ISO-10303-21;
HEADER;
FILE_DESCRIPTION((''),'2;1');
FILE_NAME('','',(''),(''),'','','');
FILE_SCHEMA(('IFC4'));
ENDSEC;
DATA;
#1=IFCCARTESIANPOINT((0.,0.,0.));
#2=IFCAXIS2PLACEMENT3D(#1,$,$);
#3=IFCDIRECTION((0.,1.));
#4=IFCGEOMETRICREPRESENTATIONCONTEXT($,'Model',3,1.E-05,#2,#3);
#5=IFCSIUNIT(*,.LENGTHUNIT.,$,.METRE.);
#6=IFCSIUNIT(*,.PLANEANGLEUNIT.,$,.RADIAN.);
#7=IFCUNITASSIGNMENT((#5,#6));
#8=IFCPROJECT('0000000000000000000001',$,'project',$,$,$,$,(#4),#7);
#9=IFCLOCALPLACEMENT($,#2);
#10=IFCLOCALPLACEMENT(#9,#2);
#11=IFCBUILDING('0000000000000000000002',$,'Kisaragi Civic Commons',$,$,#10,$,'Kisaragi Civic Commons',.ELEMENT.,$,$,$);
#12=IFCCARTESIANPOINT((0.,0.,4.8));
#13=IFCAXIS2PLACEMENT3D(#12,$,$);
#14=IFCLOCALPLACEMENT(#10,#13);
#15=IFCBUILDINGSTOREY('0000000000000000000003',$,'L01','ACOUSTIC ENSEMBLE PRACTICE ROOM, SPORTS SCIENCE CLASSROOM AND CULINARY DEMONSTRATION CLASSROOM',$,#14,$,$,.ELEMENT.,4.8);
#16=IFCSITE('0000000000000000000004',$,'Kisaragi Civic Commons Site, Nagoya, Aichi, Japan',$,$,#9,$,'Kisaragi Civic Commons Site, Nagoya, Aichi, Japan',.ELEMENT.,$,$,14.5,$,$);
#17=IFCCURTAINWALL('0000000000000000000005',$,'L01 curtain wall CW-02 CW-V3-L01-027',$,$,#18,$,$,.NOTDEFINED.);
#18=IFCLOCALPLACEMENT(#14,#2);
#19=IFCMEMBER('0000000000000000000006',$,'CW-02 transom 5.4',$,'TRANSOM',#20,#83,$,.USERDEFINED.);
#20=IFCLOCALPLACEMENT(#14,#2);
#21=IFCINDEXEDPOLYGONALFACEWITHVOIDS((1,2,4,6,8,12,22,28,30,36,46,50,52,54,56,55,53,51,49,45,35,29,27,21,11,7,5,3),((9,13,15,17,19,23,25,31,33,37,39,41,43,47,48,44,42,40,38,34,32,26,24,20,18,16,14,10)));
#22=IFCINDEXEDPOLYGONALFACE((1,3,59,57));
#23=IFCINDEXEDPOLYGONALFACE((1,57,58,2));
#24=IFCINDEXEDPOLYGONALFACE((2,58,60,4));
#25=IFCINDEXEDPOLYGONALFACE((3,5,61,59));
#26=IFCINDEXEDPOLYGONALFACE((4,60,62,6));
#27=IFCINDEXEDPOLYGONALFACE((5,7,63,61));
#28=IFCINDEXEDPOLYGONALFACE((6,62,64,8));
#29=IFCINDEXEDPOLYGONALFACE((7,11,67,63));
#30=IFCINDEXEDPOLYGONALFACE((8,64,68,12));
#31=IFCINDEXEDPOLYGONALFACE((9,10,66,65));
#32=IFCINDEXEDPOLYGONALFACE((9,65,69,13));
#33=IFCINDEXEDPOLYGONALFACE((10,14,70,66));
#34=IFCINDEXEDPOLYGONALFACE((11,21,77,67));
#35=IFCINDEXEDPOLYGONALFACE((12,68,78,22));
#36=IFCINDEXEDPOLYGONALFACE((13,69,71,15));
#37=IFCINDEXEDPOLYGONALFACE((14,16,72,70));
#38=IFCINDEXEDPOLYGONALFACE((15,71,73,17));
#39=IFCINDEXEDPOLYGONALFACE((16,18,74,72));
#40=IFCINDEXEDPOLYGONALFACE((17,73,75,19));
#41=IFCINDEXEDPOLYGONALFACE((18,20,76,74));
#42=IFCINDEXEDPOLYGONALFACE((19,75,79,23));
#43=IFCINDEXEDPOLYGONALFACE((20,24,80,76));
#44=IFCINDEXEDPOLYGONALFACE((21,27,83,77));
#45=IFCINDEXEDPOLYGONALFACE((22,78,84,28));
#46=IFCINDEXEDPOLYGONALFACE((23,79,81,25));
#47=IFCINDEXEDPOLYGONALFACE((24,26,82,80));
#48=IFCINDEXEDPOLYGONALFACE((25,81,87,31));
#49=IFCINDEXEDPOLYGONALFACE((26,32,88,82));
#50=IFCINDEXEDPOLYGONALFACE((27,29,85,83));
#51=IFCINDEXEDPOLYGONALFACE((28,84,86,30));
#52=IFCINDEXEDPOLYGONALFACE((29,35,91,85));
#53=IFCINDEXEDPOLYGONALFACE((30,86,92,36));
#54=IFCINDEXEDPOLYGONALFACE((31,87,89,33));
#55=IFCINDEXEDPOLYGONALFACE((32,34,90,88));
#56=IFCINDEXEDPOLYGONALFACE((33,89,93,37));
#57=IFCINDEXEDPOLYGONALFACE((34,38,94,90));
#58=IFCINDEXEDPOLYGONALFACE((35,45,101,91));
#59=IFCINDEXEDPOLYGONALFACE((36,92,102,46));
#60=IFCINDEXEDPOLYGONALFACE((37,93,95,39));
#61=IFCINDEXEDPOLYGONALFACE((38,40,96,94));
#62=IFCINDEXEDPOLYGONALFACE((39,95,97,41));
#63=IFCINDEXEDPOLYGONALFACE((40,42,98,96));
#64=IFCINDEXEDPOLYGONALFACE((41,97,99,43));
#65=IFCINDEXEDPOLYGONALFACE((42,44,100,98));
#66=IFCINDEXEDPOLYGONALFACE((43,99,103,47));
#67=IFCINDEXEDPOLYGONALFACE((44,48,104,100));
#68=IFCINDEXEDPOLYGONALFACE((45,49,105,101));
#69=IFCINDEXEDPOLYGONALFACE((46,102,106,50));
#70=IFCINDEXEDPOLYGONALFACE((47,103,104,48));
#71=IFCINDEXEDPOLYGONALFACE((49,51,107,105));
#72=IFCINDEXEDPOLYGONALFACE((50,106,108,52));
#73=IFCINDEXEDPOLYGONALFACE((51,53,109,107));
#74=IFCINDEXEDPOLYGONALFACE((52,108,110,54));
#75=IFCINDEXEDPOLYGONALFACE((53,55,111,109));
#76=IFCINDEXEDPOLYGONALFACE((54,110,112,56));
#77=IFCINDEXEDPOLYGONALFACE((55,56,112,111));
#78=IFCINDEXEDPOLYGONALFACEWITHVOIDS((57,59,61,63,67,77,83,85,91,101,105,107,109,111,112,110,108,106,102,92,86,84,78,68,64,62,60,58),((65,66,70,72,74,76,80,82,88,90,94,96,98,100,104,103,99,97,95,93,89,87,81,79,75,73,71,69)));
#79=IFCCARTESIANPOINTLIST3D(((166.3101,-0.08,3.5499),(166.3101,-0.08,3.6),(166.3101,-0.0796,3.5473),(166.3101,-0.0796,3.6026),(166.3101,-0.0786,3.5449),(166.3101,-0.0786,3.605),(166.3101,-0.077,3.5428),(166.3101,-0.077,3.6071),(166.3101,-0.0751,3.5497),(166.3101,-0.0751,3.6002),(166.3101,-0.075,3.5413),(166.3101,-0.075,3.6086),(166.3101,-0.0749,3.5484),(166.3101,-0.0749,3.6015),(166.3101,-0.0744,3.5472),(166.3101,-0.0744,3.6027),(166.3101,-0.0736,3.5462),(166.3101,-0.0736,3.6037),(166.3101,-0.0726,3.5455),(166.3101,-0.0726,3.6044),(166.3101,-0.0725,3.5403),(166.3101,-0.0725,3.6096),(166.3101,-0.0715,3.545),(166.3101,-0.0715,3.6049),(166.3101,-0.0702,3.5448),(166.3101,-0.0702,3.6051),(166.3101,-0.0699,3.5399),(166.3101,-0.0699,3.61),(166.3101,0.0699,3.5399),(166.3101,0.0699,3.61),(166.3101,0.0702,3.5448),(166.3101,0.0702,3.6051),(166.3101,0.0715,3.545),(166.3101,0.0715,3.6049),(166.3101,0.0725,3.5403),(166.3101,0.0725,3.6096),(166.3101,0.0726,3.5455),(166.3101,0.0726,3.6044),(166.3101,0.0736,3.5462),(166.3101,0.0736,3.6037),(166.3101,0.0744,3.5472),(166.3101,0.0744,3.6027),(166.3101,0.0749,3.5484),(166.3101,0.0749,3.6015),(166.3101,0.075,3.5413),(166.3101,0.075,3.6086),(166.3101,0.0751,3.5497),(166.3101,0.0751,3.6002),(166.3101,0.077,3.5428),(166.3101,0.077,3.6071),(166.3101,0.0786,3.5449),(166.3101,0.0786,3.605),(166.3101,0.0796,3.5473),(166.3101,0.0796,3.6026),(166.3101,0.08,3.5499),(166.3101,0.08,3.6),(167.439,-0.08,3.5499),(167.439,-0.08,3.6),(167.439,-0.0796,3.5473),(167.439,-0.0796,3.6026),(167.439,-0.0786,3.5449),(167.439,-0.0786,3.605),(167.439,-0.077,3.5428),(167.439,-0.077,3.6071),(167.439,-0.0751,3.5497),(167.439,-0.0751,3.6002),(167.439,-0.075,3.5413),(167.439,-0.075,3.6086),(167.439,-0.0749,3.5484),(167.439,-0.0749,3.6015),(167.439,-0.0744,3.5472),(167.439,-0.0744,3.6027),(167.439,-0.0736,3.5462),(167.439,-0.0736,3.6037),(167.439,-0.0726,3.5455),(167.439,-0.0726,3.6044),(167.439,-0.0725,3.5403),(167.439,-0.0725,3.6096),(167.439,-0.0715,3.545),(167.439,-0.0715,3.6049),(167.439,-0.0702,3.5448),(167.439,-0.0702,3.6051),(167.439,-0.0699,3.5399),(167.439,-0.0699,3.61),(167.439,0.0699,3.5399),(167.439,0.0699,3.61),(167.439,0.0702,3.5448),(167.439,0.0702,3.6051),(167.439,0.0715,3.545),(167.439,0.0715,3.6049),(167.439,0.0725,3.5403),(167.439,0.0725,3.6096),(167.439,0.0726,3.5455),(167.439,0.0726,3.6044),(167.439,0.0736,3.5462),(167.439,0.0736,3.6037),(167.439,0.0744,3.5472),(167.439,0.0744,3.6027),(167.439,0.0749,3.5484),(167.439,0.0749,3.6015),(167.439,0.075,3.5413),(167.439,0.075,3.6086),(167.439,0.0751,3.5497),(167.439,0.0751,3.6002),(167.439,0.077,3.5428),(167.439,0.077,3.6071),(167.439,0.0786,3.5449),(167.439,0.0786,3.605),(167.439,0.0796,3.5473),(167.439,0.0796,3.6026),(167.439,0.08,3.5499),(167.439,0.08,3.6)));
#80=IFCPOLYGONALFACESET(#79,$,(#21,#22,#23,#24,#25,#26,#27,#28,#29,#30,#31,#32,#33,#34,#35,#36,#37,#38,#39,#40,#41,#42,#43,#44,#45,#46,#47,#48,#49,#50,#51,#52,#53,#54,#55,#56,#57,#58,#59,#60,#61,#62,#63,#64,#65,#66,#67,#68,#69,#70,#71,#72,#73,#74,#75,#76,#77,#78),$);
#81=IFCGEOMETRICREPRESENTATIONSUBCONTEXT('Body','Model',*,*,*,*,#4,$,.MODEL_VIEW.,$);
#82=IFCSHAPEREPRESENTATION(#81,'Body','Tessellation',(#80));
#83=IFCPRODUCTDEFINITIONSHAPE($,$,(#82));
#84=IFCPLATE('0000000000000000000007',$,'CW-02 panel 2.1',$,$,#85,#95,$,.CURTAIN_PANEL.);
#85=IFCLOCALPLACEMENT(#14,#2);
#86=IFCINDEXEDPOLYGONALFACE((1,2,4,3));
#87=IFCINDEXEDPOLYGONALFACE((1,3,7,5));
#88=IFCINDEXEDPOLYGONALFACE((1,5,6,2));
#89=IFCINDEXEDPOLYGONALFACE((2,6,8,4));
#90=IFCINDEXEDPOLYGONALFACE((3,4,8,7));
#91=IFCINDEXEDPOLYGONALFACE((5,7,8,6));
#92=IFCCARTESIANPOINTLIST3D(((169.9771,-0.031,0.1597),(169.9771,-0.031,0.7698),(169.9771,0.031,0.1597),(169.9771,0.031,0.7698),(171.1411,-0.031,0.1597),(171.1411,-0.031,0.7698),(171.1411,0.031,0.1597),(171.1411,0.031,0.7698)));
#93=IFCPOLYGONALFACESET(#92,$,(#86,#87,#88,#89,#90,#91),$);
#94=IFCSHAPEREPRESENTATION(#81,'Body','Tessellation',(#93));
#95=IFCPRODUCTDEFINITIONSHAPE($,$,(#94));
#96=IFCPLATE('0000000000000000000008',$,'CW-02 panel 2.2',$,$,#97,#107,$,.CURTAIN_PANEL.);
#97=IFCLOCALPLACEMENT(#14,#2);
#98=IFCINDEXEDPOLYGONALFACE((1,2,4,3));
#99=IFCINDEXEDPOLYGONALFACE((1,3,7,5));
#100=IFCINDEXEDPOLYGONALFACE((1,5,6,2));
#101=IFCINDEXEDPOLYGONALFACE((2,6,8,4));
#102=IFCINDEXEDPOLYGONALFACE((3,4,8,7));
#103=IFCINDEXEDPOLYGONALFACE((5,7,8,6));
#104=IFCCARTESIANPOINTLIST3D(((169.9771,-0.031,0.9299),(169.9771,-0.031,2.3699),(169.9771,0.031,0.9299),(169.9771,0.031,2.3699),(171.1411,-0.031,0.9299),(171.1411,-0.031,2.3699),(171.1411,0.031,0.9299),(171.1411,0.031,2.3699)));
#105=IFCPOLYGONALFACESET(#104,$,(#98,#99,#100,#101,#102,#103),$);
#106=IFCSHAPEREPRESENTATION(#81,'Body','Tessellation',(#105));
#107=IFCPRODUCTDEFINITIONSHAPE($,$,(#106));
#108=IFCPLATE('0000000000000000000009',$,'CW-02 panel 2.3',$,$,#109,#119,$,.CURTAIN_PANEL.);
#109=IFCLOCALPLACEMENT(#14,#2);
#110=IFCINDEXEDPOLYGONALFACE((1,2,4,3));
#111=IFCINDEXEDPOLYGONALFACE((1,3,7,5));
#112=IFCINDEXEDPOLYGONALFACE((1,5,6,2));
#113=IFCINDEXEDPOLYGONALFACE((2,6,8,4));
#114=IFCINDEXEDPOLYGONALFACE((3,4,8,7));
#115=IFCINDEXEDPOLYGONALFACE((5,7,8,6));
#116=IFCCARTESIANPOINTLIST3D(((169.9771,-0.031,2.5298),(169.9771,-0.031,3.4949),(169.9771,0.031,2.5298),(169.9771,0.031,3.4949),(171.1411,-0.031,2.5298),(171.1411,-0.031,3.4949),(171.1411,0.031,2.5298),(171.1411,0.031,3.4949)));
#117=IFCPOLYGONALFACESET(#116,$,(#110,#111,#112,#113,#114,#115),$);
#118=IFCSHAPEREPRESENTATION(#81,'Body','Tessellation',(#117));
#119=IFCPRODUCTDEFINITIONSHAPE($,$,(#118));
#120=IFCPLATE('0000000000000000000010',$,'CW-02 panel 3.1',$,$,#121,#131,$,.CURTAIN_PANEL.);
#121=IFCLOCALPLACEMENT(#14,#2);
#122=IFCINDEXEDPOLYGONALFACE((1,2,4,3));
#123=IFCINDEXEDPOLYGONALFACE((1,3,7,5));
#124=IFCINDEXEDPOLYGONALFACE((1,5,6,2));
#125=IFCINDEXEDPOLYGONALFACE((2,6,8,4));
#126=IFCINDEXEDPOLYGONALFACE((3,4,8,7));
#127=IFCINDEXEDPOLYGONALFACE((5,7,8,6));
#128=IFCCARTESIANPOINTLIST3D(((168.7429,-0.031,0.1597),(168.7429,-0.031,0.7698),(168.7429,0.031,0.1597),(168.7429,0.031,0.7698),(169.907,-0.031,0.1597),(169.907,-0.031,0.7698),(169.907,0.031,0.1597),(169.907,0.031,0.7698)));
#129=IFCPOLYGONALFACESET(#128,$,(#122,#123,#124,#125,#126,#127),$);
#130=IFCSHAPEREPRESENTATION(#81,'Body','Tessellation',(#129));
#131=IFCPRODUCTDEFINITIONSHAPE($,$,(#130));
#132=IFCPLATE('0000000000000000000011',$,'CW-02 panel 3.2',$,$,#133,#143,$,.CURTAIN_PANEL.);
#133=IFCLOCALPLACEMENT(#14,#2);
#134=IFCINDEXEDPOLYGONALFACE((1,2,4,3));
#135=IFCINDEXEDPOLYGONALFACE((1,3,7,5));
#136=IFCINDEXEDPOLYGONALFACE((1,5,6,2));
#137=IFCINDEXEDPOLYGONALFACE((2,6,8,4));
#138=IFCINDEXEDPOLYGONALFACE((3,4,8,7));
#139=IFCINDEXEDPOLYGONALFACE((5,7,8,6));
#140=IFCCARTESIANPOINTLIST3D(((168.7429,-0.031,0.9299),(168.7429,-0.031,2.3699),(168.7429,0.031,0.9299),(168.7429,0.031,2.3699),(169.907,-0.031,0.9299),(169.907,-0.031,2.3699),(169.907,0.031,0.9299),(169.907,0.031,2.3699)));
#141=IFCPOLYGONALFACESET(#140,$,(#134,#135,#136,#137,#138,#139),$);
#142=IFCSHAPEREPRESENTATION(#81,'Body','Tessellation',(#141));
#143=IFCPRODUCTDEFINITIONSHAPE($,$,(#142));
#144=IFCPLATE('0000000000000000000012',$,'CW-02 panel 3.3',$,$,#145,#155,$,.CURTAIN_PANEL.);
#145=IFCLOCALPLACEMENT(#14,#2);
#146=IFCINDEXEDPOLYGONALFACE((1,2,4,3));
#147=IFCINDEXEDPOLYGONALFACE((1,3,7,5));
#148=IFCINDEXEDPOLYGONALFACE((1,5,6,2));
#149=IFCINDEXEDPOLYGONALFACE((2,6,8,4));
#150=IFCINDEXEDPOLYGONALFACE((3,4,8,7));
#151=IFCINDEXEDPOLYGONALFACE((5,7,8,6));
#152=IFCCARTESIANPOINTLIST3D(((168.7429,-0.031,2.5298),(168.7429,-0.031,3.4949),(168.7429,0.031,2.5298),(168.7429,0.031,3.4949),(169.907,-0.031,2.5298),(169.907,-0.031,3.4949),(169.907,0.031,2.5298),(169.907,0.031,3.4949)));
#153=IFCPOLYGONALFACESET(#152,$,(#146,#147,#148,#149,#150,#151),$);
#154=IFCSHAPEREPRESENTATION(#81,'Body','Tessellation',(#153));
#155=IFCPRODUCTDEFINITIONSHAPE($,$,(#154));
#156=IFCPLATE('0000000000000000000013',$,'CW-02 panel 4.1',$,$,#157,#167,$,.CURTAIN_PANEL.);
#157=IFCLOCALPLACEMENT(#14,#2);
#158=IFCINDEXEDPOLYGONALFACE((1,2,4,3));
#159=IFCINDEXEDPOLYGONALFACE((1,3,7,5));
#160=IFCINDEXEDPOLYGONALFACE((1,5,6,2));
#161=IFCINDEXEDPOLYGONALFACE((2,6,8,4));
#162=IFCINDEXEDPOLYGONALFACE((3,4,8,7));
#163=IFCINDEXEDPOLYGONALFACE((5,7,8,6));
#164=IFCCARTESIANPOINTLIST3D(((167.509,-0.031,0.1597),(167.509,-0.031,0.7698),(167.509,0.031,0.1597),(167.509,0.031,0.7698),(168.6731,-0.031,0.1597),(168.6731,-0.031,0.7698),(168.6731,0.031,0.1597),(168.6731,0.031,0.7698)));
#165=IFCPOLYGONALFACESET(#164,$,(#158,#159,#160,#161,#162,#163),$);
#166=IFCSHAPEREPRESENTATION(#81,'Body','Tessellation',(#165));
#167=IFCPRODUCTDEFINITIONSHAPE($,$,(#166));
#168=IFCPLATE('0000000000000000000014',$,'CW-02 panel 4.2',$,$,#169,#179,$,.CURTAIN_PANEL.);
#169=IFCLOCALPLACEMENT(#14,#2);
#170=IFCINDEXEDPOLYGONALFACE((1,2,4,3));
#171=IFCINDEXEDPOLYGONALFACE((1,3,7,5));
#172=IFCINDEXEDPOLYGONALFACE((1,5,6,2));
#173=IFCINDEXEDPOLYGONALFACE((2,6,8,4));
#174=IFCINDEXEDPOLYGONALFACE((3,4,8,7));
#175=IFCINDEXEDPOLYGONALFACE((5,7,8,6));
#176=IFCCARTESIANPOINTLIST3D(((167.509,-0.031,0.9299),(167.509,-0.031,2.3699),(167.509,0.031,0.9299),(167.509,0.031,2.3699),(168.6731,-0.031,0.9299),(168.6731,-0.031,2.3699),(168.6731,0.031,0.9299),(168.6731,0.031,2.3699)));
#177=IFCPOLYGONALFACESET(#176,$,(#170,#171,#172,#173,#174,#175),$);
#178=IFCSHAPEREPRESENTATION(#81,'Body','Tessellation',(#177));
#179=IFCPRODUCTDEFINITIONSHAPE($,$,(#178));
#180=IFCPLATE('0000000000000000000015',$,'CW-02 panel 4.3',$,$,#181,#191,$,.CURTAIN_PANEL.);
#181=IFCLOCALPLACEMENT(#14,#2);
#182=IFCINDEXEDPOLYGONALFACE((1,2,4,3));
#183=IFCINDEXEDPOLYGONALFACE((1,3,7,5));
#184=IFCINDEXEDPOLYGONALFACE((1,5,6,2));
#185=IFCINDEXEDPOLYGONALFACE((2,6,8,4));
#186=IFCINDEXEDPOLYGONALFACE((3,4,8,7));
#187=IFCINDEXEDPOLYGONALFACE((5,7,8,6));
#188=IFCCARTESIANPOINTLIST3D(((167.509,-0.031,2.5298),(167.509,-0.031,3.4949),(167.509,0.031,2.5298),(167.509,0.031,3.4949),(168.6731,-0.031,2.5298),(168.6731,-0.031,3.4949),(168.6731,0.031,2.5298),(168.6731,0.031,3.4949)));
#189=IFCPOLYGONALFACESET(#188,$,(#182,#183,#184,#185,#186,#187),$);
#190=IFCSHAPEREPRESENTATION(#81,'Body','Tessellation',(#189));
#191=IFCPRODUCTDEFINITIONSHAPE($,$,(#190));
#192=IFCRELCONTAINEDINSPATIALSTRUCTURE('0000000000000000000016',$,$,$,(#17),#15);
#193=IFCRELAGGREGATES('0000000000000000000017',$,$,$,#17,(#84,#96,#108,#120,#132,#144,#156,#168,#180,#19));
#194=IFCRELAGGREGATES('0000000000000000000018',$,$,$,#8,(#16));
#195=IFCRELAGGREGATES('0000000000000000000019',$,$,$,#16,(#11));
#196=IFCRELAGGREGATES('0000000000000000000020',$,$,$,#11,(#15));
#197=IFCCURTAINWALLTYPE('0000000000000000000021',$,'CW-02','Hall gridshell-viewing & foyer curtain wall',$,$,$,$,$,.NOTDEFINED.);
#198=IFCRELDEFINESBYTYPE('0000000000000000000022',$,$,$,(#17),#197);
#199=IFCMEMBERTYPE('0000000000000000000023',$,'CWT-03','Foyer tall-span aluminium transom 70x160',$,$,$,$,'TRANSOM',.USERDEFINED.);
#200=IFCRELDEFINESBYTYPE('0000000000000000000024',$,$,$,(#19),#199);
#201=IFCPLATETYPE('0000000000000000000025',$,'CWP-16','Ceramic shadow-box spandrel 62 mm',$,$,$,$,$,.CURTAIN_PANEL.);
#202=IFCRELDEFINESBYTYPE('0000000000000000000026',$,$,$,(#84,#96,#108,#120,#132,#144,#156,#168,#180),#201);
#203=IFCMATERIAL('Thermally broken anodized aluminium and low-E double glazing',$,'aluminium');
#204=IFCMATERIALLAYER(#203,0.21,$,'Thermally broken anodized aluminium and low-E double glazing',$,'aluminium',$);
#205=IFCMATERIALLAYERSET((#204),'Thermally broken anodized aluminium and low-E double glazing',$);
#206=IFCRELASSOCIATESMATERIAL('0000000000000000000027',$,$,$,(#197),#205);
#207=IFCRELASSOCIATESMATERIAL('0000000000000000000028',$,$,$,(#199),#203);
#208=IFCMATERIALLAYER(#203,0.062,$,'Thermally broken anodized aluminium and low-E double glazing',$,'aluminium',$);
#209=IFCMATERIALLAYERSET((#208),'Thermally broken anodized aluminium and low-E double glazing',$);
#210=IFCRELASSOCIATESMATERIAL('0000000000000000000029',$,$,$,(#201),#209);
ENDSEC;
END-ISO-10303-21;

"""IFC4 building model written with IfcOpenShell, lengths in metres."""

from ifc_helpers import new_model, si_unit, direction, frame, origin, origin_2d, place, context, subcontext, project, spatial, rectangle, hollow_rectangle, extrude, material, layer, layer_set, material_profile, profile_set, type_object, element, aggregate, save


model = new_model("IFC4")

# Units and contexts
model_context = context("Model", 3, precision=1e-05, world=origin(), true_north=direction((0.0, 1.0)))
body_context = subcontext(model_context, "Body", "Model", "MODEL_VIEW")
ifc_project = project(units=[si_unit("LENGTHUNIT", "METRE"), si_unit("PLANEANGLEUNIT", "RADIAN")], contexts=[model_context])

# Site, building, storey
site_placement = place(None, origin())
site = spatial("IfcSite", under=ifc_project, at=site_placement, Name="Kisaragi Civic Commons Site, Nagoya, Aichi, Japan", LongName="Kisaragi Civic Commons Site, Nagoya, Aichi, Japan", CompositionType="ELEMENT", RefElevation=14.5)
building_placement = place(site_placement, origin())
building = spatial("IfcBuilding", under=site, at=building_placement, Name="Kisaragi Civic Commons", LongName="Kisaragi Civic Commons", CompositionType="ELEMENT")
storey_placement = place(building_placement, frame((0.0, 0.0, 4.8)))
storey = spatial("IfcBuildingStorey", under=building, at=storey_placement, Name="L01", Description="ACOUSTIC ENSEMBLE PRACTICE ROOM, SPORTS SCIENCE CLASSROOM AND CULINARY DEMONSTRATION CLASSROOM", CompositionType="ELEMENT", Elevation=4.8)

# Curtain wall, member, plates
ifc_material = material(Name="Thermally broken anodized aluminium and low-E double glazing", Category="aluminium")
ifc_layer_1 = layer(ifc_material, 0.21, Name="Thermally broken anodized aluminium and low-E double glazing", Category="aluminium")
ifc_layer_set_1 = layer_set([ifc_layer_1], Name="Thermally broken anodized aluminium and low-E double glazing")
curtain_wall_type = type_object("IfcCurtainWallType", Name="CW-02", Description="Hall gridshell-viewing & foyer curtain wall", PredefinedType="NOTDEFINED", material=ifc_layer_set_1)
curtain_wall_placement = place(storey_placement, origin())
curtain_wall = element("IfcCurtainWall", 1, at=curtain_wall_placement, inside=storey, type_object=curtain_wall_type, Name="L01 curtain wall CW-02 CW-V3-L01-027", PredefinedType="NOTDEFINED")
ifc_material_profile_1 = material_profile(ifc_material, hollow_rectangle(XDim=0.1599, YDim=0.0701, WallThickness=0.0049, InnerFilletRadius=0.0049, OuterFilletRadius=0.01, at=origin_2d()), Name="CWT-70x160x5", Category="aluminium")
ifc_profile_set_1 = profile_set([ifc_material_profile_1], Name="Thermally broken anodized aluminium and low-E double glazing")
member_type_1 = type_object("IfcMemberType", Name="CWT-03", Description="Foyer tall-span aluminium transom 70x160", ElementType="TRANSOM", PredefinedType="USERDEFINED", material=ifc_profile_set_1)
member_1_placement = place(storey_placement, frame((167.439, 0.0, 3.575), z_axis=(-1.0, 0.0, 0.0), x_axis=(0.0, -1.0, 0.0)))
member_1 = element("IfcMember", 2, at=member_1_placement, type_object=member_type_1, Name="CW-02 transom 5.4", ObjectType="TRANSOM", PredefinedType="USERDEFINED", context=body_context, shape_type="SweptSolid", body=[
    extrude(hollow_rectangle(XDim=0.1599, YDim=0.0701, WallThickness=0.0049, InnerFilletRadius=0.0049, OuterFilletRadius=0.01, at=origin_2d()), origin(), (0.0, 0.0, 1.0), 1.1289),
])
ifc_layer_2 = layer(ifc_material, 0.062, Name="Thermally broken anodized aluminium and low-E double glazing", Category="aluminium")
ifc_layer_set_2 = layer_set([ifc_layer_2], Name="Thermally broken anodized aluminium and low-E double glazing")
plate_type = type_object("IfcPlateType", Name="CWP-16", Description="Ceramic shadow-box spandrel 62 mm", PredefinedType="CURTAIN_PANEL", material=ifc_layer_set_2)
plate_1_placement = place(storey_placement, frame((170.5591, 0.0, 0.1597), z_axis=(0.0, 0.0, 1.0), x_axis=(-1.0, 0.0, 0.0)))
plate_1 = element("IfcPlate", 3, at=plate_1_placement, type_object=plate_type, Name="CW-02 panel 2.1", PredefinedType="CURTAIN_PANEL", context=body_context, shape_type="SweptSolid", body=[
    extrude(rectangle(XDim=1.1641, YDim=0.062, at=origin_2d()), origin(), (0.0, 0.0, 1.0), 0.6101),
])
plate_2_placement = place(storey_placement, frame((170.5591, 0.0, 0.9299), z_axis=(0.0, 0.0, 1.0), x_axis=(-1.0, 0.0, 0.0)))
plate_2 = element("IfcPlate", 4, at=plate_2_placement, type_object=plate_type, Name="CW-02 panel 2.2", PredefinedType="CURTAIN_PANEL", context=body_context, shape_type="SweptSolid", body=[
    extrude(rectangle(XDim=1.1641, YDim=0.062, at=origin_2d()), origin(), (0.0, 0.0, 1.0), 1.4399),
])
plate_3_placement = place(storey_placement, frame((170.5591, 0.0, 2.5298), z_axis=(0.0, 0.0, 1.0), x_axis=(-1.0, 0.0, 0.0)))
plate_3 = element("IfcPlate", 5, at=plate_3_placement, type_object=plate_type, Name="CW-02 panel 2.3", PredefinedType="CURTAIN_PANEL", context=body_context, shape_type="SweptSolid", body=[
    extrude(rectangle(XDim=1.1641, YDim=0.062, at=origin_2d()), origin(), (0.0, 0.0, 1.0), 0.9651),
])
plate_4_placement = place(storey_placement, frame((169.325, 0.0, 0.1597), z_axis=(0.0, 0.0, 1.0), x_axis=(-1.0, 0.0, 0.0)))
plate_4 = element("IfcPlate", 6, at=plate_4_placement, type_object=plate_type, Name="CW-02 panel 3.1", PredefinedType="CURTAIN_PANEL", context=body_context, shape_type="SweptSolid", body=[
    extrude(rectangle(XDim=1.1641, YDim=0.062, at=origin_2d()), origin(), (0.0, 0.0, 1.0), 0.6101),
])
plate_5_placement = place(storey_placement, frame((169.325, 0.0, 0.9299), z_axis=(0.0, 0.0, 1.0), x_axis=(-1.0, 0.0, 0.0)))
plate_5 = element("IfcPlate", 7, at=plate_5_placement, type_object=plate_type, Name="CW-02 panel 3.2", PredefinedType="CURTAIN_PANEL", context=body_context, shape_type="SweptSolid", body=[
    extrude(rectangle(XDim=1.1641, YDim=0.062, at=origin_2d()), origin(), (0.0, 0.0, 1.0), 1.4399),
])
plate_6_placement = place(storey_placement, frame((169.325, 0.0, 2.5298), z_axis=(0.0, 0.0, 1.0), x_axis=(-1.0, 0.0, 0.0)))
plate_6 = element("IfcPlate", 8, at=plate_6_placement, type_object=plate_type, Name="CW-02 panel 3.3", PredefinedType="CURTAIN_PANEL", context=body_context, shape_type="SweptSolid", body=[
    extrude(rectangle(XDim=1.1641, YDim=0.062, at=origin_2d()), origin(), (0.0, 0.0, 1.0), 0.9651),
])
plate_7_placement = place(storey_placement, frame((168.0911, 0.0, 0.1597), z_axis=(0.0, 0.0, 1.0), x_axis=(-1.0, 0.0, 0.0)))
plate_7 = element("IfcPlate", 9, at=plate_7_placement, type_object=plate_type, Name="CW-02 panel 4.1", PredefinedType="CURTAIN_PANEL", context=body_context, shape_type="SweptSolid", body=[
    extrude(rectangle(XDim=1.1641, YDim=0.062, at=origin_2d()), origin(), (0.0, 0.0, 1.0), 0.6101),
])
plate_8_placement = place(storey_placement, frame((168.0911, 0.0, 0.9299), z_axis=(0.0, 0.0, 1.0), x_axis=(-1.0, 0.0, 0.0)))
plate_8 = element("IfcPlate", 10, at=plate_8_placement, type_object=plate_type, Name="CW-02 panel 4.2", PredefinedType="CURTAIN_PANEL", context=body_context, shape_type="SweptSolid", body=[
    extrude(rectangle(XDim=1.1641, YDim=0.062, at=origin_2d()), origin(), (0.0, 0.0, 1.0), 1.4399),
])
plate_9_placement = place(storey_placement, frame((168.0911, 0.0, 2.5298), z_axis=(0.0, 0.0, 1.0), x_axis=(-1.0, 0.0, 0.0)))
plate_9 = element("IfcPlate", 11, at=plate_9_placement, type_object=plate_type, Name="CW-02 panel 4.3", PredefinedType="CURTAIN_PANEL", context=body_context, shape_type="SweptSolid", body=[
    extrude(rectangle(XDim=1.1641, YDim=0.062, at=origin_2d()), origin(), (0.0, 0.0, 1.0), 0.9651),
])
aggregate(curtain_wall, [plate_1, plate_2, plate_3, plate_4, plate_5, plate_6, plate_7, plate_8, plate_9, member_1])

save(model, "model.ifc")
